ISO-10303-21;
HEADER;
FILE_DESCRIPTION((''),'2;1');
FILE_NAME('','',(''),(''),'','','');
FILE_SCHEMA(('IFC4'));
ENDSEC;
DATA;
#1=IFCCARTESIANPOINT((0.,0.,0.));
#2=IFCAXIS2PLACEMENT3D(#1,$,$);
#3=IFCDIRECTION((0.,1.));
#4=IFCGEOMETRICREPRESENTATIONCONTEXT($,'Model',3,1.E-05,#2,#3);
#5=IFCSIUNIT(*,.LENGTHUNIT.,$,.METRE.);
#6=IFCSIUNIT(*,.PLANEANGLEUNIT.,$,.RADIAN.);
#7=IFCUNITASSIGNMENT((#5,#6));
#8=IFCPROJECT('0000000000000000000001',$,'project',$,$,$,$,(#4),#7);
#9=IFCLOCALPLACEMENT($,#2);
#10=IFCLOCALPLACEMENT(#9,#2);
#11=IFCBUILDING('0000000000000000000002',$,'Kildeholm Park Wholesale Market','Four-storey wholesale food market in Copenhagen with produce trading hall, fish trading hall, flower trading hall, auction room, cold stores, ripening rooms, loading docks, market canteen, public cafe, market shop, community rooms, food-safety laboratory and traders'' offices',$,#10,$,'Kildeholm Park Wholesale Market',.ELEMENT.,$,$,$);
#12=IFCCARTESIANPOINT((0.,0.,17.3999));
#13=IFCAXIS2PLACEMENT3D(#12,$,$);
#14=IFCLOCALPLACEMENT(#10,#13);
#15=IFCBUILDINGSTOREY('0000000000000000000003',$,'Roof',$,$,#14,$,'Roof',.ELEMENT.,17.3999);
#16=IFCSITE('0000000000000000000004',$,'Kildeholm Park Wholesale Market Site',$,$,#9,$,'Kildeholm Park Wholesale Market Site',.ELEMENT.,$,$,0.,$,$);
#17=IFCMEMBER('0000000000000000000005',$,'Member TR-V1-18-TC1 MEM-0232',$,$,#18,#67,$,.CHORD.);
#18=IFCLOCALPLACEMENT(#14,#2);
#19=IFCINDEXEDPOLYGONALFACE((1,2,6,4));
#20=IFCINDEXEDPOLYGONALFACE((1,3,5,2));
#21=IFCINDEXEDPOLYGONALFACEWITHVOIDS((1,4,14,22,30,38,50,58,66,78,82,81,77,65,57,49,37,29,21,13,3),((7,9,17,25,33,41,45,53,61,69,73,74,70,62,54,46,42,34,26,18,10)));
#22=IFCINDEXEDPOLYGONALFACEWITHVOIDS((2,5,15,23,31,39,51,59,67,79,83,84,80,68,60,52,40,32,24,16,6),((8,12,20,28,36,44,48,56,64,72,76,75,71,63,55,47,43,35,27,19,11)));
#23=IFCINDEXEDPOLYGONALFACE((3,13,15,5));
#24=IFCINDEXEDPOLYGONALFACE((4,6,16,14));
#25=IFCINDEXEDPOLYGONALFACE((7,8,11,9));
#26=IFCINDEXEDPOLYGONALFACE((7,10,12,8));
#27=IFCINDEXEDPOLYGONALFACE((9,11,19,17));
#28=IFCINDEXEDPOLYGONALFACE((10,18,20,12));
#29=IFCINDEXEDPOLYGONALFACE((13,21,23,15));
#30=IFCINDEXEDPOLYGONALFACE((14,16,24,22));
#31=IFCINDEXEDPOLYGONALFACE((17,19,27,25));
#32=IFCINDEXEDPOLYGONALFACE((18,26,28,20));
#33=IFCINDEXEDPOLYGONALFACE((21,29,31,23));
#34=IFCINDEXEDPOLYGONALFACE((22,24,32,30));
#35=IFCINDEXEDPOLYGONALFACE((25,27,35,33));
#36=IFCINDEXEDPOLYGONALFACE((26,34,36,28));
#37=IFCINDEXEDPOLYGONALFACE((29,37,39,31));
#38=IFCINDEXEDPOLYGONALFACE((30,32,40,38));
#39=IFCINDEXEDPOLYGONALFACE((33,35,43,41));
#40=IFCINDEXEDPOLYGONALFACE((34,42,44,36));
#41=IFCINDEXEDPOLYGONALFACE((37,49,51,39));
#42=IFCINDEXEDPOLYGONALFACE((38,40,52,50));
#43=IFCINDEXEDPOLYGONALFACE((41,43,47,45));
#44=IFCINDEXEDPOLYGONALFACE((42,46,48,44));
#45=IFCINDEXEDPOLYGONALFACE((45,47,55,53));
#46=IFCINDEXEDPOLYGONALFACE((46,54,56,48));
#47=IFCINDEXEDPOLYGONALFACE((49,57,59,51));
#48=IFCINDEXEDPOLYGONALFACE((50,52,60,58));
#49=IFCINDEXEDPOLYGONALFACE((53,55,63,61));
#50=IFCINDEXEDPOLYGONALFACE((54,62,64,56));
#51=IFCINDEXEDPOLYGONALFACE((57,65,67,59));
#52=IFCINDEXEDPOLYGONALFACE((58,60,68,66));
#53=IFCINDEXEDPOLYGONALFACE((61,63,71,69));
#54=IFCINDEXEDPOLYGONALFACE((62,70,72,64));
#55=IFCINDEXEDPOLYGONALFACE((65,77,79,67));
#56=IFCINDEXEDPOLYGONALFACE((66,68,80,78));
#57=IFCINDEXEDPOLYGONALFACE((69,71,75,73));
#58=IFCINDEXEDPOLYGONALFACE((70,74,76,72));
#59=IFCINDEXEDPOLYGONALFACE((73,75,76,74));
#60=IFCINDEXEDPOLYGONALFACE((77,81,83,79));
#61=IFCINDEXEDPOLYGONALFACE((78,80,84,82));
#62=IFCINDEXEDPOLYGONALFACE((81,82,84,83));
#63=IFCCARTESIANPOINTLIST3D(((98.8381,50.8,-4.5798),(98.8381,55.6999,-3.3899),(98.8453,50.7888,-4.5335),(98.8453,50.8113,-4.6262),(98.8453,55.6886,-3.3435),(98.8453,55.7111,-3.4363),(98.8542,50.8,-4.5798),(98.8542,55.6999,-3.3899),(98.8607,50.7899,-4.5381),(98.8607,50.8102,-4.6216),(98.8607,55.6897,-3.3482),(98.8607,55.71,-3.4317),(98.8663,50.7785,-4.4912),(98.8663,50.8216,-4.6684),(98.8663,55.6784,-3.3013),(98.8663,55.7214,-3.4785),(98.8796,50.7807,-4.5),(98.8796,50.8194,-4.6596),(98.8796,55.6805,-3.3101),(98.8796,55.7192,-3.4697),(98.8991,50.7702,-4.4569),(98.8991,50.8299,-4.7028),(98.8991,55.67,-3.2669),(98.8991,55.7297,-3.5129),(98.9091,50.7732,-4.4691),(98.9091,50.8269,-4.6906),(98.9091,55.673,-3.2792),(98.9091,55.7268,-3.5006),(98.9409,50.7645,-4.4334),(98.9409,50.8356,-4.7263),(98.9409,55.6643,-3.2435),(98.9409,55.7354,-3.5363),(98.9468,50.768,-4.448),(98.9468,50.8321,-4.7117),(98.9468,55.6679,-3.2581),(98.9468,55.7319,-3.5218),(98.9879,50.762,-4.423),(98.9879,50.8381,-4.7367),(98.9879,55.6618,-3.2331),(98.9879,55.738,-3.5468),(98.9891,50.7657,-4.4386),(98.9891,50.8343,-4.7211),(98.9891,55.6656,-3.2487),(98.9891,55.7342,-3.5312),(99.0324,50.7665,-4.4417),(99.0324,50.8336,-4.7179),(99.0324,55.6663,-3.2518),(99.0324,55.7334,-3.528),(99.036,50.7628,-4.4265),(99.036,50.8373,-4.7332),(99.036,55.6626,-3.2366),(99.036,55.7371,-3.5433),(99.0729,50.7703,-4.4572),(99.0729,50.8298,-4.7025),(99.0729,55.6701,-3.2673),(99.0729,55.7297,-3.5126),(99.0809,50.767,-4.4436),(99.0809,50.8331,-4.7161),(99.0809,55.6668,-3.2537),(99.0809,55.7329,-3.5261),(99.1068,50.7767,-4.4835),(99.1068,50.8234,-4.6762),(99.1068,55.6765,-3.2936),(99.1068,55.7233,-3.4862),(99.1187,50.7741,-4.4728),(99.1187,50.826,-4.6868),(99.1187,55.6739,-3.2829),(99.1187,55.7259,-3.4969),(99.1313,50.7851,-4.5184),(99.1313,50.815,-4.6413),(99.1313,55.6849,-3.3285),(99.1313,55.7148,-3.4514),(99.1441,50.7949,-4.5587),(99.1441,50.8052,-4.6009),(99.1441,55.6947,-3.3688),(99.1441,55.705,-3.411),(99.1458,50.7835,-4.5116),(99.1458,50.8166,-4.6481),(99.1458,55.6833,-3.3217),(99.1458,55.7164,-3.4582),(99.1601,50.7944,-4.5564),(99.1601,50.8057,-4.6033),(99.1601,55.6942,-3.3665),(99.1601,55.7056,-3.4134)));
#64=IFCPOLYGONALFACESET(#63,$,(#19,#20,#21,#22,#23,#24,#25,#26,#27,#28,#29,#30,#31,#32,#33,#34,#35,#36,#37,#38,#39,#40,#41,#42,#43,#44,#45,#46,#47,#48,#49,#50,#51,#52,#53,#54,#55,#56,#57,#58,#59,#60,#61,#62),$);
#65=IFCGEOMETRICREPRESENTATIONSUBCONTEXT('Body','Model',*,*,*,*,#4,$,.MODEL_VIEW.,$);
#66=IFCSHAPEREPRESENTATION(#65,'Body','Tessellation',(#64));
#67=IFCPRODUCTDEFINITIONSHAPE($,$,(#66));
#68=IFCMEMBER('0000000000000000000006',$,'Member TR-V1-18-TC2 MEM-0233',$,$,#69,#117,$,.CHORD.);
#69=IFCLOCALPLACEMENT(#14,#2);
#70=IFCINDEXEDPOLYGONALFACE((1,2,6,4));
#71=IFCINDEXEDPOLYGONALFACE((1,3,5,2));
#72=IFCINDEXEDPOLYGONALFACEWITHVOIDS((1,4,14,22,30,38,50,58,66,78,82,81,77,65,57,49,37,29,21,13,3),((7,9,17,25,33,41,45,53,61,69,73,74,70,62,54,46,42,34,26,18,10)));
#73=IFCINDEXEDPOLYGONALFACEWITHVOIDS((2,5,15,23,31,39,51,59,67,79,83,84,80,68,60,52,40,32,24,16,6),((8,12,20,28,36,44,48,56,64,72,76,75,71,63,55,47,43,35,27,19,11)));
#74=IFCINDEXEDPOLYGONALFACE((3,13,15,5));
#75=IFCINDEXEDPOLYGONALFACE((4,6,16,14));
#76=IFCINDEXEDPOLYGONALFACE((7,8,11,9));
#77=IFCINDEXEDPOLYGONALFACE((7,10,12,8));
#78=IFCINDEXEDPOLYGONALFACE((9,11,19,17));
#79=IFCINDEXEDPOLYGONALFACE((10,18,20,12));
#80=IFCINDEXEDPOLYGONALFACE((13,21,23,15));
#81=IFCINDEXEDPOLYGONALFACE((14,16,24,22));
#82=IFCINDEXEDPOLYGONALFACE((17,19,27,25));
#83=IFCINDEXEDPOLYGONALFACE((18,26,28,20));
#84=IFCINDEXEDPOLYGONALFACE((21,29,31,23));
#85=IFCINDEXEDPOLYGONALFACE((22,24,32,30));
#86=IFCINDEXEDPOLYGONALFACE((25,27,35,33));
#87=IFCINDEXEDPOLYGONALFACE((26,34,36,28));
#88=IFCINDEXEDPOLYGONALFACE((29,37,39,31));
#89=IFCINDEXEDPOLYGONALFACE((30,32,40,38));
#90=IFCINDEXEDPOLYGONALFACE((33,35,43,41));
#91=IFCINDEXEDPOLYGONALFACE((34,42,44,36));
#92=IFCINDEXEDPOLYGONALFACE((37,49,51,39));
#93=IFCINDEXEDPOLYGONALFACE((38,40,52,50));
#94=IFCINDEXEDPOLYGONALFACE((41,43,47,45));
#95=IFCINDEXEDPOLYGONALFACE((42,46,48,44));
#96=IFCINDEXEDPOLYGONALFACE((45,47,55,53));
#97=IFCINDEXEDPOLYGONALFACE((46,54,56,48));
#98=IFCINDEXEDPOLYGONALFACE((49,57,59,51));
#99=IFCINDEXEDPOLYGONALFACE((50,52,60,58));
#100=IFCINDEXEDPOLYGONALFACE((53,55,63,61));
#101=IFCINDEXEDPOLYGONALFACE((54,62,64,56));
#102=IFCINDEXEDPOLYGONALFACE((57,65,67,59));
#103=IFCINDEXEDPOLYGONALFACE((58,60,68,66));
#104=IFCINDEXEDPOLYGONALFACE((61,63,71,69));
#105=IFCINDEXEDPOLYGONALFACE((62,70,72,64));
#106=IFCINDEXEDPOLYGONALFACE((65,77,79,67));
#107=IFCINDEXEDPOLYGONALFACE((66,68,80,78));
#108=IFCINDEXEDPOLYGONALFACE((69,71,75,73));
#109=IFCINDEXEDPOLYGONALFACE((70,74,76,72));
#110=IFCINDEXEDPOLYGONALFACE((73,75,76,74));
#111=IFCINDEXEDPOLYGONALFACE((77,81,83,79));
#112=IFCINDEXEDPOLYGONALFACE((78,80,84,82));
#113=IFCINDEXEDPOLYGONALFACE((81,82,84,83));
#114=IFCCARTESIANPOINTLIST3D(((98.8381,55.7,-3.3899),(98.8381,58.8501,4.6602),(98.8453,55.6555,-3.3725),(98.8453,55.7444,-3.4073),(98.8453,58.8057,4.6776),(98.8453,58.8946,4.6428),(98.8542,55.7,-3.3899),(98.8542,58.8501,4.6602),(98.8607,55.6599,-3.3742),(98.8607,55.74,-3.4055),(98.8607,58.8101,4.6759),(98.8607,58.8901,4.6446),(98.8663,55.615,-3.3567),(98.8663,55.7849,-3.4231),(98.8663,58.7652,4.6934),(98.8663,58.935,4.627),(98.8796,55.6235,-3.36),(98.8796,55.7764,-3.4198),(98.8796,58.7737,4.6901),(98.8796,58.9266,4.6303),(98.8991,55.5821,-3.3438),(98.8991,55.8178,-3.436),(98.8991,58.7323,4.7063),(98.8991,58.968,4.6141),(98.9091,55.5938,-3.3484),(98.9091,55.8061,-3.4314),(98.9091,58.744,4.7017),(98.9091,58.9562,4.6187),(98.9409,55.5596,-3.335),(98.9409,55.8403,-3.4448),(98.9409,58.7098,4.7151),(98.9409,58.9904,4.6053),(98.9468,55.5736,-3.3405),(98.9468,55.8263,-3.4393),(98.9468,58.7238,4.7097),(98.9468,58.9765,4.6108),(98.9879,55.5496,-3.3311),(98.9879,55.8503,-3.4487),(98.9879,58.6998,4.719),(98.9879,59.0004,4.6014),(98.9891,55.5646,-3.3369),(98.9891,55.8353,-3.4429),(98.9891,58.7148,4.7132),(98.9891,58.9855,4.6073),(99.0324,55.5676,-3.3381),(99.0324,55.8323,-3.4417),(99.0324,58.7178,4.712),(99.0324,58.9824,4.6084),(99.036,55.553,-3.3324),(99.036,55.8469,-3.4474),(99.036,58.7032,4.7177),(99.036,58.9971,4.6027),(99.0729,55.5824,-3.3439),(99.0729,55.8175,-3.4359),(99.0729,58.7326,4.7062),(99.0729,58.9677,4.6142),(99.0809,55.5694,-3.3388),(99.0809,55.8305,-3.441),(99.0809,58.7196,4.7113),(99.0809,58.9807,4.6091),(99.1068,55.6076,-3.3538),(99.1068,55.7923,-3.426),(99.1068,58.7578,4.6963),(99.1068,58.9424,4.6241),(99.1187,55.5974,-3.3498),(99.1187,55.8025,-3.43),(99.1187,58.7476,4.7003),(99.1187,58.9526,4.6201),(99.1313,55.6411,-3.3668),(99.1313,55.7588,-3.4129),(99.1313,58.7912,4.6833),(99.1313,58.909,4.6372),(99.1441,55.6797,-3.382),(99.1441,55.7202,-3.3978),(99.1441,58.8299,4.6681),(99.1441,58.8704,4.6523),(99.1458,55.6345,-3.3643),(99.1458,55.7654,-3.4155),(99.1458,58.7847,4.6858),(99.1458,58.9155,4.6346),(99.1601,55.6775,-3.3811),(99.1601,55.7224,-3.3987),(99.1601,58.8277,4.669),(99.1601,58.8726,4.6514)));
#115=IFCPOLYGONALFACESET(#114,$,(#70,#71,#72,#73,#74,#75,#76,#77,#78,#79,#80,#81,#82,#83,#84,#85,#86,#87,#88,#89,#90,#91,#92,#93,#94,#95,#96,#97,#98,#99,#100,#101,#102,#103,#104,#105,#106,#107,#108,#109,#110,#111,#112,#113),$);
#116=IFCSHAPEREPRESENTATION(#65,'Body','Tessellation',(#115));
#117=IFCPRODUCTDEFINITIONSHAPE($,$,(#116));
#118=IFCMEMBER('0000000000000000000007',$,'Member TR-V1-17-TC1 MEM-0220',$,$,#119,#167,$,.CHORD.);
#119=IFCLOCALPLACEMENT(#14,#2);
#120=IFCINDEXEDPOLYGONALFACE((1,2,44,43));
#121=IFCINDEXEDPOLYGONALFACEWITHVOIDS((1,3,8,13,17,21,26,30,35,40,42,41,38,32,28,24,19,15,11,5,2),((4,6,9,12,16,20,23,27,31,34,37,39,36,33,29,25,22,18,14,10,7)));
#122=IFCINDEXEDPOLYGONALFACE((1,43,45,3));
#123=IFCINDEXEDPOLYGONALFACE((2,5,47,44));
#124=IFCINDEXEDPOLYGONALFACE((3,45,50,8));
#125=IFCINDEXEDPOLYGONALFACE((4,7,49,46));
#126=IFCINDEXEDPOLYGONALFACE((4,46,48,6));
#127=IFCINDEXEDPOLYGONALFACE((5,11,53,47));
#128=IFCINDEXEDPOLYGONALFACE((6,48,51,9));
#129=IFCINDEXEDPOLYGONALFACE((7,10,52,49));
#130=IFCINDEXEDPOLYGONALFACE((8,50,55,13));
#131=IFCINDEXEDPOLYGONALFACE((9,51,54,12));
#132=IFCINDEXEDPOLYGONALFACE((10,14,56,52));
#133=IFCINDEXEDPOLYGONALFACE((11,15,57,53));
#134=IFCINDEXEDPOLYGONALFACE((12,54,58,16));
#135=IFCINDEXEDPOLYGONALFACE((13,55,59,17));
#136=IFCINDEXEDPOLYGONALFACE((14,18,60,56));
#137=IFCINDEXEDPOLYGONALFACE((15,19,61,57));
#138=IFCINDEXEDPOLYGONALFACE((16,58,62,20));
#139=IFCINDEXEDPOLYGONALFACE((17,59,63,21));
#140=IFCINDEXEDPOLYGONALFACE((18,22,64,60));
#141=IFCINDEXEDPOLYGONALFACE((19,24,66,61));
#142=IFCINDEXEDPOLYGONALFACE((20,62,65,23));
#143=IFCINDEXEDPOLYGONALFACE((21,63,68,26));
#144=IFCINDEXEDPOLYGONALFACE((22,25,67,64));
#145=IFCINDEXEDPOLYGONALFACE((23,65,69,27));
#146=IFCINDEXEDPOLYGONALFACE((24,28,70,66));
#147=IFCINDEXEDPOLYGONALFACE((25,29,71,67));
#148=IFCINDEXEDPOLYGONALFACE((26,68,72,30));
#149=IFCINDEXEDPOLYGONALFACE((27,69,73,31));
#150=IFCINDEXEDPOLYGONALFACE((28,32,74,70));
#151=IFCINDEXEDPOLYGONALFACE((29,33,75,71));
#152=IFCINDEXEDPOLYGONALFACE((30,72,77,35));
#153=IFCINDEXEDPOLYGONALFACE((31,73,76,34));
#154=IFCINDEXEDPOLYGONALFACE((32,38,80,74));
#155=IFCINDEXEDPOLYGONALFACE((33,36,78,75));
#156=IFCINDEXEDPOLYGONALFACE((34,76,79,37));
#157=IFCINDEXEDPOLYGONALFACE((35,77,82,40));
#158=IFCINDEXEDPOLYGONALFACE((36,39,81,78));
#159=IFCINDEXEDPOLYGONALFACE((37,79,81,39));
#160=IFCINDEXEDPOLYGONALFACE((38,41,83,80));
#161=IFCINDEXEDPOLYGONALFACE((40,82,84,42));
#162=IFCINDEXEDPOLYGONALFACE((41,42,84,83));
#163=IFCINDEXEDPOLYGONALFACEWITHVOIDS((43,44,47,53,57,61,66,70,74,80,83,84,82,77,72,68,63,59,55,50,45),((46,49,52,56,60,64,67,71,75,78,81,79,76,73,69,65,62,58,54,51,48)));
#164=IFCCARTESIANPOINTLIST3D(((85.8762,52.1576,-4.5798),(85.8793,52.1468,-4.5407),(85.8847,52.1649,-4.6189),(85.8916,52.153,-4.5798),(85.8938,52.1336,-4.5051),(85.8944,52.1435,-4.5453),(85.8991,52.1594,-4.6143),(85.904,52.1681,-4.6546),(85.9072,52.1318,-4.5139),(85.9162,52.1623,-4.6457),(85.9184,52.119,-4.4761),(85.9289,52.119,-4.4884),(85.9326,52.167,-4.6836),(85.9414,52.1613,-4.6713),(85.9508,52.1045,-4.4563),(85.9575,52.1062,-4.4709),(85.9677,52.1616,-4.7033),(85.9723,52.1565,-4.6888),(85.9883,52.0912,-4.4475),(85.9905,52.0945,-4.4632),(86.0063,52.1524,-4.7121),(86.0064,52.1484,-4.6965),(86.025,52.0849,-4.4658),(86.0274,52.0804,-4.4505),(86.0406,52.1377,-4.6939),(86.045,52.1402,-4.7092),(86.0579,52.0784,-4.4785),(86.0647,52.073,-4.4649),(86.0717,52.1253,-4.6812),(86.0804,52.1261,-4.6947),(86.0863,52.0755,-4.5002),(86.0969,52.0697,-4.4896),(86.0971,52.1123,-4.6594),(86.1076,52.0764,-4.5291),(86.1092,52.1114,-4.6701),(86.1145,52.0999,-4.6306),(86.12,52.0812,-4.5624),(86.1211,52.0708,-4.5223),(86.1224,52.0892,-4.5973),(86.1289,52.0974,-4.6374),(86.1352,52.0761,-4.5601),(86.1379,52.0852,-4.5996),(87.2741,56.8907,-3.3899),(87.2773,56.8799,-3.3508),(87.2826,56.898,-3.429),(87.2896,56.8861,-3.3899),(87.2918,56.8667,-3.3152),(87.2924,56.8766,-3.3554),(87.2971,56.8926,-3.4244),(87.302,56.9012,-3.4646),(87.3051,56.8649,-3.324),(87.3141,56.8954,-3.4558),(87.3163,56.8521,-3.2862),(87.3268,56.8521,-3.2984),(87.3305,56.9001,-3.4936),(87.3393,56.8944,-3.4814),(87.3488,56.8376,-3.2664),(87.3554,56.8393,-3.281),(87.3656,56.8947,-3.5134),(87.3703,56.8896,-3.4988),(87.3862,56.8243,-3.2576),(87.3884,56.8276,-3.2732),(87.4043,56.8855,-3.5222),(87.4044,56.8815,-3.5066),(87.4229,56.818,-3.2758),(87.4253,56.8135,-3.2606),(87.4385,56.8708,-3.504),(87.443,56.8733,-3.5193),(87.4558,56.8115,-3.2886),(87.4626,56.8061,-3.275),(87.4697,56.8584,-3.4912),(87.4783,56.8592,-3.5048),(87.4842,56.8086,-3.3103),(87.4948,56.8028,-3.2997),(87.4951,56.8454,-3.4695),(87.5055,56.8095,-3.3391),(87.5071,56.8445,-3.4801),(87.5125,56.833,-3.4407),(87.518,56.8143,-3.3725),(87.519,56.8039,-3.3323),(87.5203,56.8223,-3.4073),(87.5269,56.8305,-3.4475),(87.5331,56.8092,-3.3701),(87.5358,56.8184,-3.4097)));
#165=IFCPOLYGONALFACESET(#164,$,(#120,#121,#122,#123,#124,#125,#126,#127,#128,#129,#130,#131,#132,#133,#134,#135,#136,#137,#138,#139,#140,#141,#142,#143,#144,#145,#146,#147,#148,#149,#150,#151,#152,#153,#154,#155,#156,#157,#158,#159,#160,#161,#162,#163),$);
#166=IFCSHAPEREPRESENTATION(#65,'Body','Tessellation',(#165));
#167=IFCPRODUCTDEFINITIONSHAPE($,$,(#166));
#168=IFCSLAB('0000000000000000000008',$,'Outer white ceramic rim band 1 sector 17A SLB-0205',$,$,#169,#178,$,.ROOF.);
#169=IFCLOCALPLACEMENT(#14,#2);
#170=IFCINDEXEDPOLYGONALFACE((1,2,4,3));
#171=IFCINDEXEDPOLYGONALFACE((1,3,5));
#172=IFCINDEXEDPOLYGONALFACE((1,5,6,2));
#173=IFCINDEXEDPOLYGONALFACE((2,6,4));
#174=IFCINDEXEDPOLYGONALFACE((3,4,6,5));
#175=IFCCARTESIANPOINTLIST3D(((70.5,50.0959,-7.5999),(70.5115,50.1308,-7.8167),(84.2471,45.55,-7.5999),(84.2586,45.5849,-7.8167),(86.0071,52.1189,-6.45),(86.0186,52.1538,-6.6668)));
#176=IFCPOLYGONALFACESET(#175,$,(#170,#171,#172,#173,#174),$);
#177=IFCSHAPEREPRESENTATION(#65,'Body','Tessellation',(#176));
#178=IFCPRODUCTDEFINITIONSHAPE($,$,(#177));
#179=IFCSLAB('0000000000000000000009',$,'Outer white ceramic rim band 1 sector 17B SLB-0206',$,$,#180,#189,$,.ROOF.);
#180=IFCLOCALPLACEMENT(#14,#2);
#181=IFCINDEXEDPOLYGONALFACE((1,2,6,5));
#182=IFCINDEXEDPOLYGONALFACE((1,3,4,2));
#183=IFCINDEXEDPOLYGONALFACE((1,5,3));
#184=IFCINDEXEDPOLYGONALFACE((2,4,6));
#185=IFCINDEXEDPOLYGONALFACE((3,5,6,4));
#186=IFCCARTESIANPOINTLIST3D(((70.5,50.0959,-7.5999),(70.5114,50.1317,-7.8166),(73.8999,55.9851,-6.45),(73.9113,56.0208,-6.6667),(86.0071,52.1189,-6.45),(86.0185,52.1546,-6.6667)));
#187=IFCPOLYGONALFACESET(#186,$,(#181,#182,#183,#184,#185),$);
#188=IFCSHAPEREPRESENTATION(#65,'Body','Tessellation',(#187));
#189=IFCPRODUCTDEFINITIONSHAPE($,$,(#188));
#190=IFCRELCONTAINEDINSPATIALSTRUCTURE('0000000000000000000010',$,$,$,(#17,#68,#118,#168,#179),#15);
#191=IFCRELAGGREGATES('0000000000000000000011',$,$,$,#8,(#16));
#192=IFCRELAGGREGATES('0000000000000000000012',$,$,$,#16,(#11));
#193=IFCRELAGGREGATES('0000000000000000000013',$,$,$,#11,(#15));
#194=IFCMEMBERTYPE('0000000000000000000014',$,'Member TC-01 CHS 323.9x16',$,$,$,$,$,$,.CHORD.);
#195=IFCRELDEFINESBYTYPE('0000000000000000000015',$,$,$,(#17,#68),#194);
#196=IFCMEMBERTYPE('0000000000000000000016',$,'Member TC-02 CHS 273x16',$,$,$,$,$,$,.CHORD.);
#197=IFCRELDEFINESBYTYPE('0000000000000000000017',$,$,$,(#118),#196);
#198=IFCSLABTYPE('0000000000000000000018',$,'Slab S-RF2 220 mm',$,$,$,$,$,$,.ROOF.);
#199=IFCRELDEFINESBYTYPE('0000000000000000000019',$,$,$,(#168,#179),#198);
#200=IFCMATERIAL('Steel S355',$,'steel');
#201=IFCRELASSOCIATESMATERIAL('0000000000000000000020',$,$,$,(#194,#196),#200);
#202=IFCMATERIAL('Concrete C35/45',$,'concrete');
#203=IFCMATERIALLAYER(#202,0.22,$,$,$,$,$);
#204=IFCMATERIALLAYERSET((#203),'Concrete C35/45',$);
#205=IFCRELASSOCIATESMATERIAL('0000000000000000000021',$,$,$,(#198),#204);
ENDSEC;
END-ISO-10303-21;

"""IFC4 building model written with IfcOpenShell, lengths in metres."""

from ifc_helpers import new_model, si_unit, direction, frame, origin, origin_2d, place, context, subcontext, project, spatial, polyline, hollow_circle, outline, extrude, material, layer, layer_set, material_profile, profile_set, type_object, element, save


model = new_model("IFC4")

# Units and contexts
model_context = context("Model", 3, precision=1e-05, world=origin(), true_north=direction((0.0, 1.0)))
body_context = subcontext(model_context, "Body", "Model", "MODEL_VIEW")
ifc_project = project(units=[si_unit("LENGTHUNIT", "METRE"), si_unit("PLANEANGLEUNIT", "RADIAN")], contexts=[model_context])

# Site, building, storey
site_placement = place(None, origin())
site = spatial("IfcSite", under=ifc_project, at=site_placement, Name="Kildeholm Park Wholesale Market Site", LongName="Kildeholm Park Wholesale Market Site", CompositionType="ELEMENT", RefElevation=0.0)
building_placement = place(site_placement, origin())
building = spatial("IfcBuilding", under=site, at=building_placement, Name="Kildeholm Park Wholesale Market", Description="Four-storey wholesale food market in Copenhagen with produce trading hall, fish trading hall, flower trading hall, auction room, cold stores, ripening rooms, loading docks, market canteen, public cafe, market shop, community rooms, food-safety laboratory and traders' offices", LongName="Kildeholm Park Wholesale Market", CompositionType="ELEMENT")
storey_placement = place(building_placement, frame((0.0, 0.0, 17.3999)))
storey = spatial("IfcBuildingStorey", under=building, at=storey_placement, Name="Roof", LongName="Roof", CompositionType="ELEMENT", Elevation=17.3999)

# Shared definitions
ifc_material_1 = material(Name="Steel S355", Category="steel")

# Members
ifc_material_profile_1 = material_profile(ifc_material_1, hollow_circle(Radius=0.1619, WallThickness=0.0161, at=origin_2d()), Name="CHS 323.9x16")
ifc_profile_set_1 = profile_set([ifc_material_profile_1], Name="Steel S355")
member_type_1 = type_object("IfcMemberType", Name="Member TC-01 CHS 323.9x16", PredefinedType="CHORD", material=ifc_profile_set_1)
member_1_placement = place(storey_placement, frame((99.0, 50.8, -4.5798), z_axis=(0.0, 0.971755, 0.235991), x_axis=(-1.0, 0.0, 0.0)))
element("IfcMember", 1, at=member_1_placement, inside=storey, type_object=member_type_1, Name="Member TR-V1-18-TC1 MEM-0232", PredefinedType="CHORD", context=body_context, shape_type="SweptSolid", body=[
    extrude(hollow_circle(Radius=0.1619, WallThickness=0.0161, at=origin_2d()), origin(), (0.0, 0.0, 1.0), 5.0422),
])
member_2_placement = place(storey_placement, frame((99.0, 55.7, -3.3899), z_axis=(0.0, 0.364412, 0.931238), x_axis=(-1.0, 0.0, 0.0)))
element("IfcMember", 2, at=member_2_placement, inside=storey, type_object=member_type_1, Name="Member TR-V1-18-TC2 MEM-0233", PredefinedType="CHORD", context=body_context, shape_type="SweptSolid", body=[
    extrude(hollow_circle(Radius=0.1619, WallThickness=0.0161, at=origin_2d()), origin(), (0.0, 0.0, 1.0), 8.6445),
])
ifc_material_profile_2 = material_profile(ifc_material_1, hollow_circle(Radius=0.1365, WallThickness=0.0161, at=origin_2d()), Name="CHS 273x16")
ifc_profile_set_2 = profile_set([ifc_material_profile_2], Name="Steel S355")
member_type_2 = type_object("IfcMemberType", Name="Member TC-02 CHS 273x16", PredefinedType="CHORD", material=ifc_profile_set_2)
member_3_placement = place(storey_placement, frame((86.0071, 52.1189, -4.5798), z_axis=(0.275365, 0.932327, 0.234392), x_axis=(-0.959044, 0.283256, 0.0)))
element("IfcMember", 3, at=member_3_placement, inside=storey, type_object=member_type_2, Name="Member TR-V1-17-TC1 MEM-0220", PredefinedType="CHORD", context=body_context, shape_type="SweptSolid", body=[
    extrude(hollow_circle(Radius=0.1365, WallThickness=0.0161, at=origin_2d()), origin(), (0.0, 0.0, 1.0), 5.0767),
])

# Slabs
ifc_material_2 = material(Name="Concrete C35/45", Category="concrete")
ifc_layer_1 = layer(ifc_material_2, 0.22)
ifc_layer_set_1 = layer_set([ifc_layer_1], Name="Concrete C35/45")
slab_type = type_object("IfcSlabType", Name="Slab S-RF2 220 mm", PredefinedType="ROOF", material=ifc_layer_set_1)
slab_1_placement = place(storey_placement, frame((70.5, 50.0959, -7.5999), z_axis=(-0.052429, -0.158548, 0.985958), x_axis=(0.949436, -0.313961, 0.0)))
element("IfcSlab", 4, at=slab_1_placement, inside=storey, type_object=slab_type, Name="Outer white ceramic rim band 1 sector 17A SLB-0205", PredefinedType="ROOF", context=body_context, shape_type="SweptSolid", body=[
    extrude(outline(polyline([(0.0, 0.0), (14.4792, 0.0), (14.0879, 6.886), (0.0, 0.0)])), origin(), (0.0, 0.0, -1.0), 0.22),
])
slab_2_placement = place(storey_placement, frame((70.5, 50.0959, -7.5999), z_axis=(-0.051875, -0.162449, 0.985352), x_axis=(0.988928, 0.129009, 0.073332)))
element("IfcSlab", 5, at=slab_2_placement, inside=storey, type_object=slab_type, Name="Outer white ceramic rim band 1 sector 17B SLB-0206", PredefinedType="ROOF", context=body_context, shape_type="SweptSolid", body=[
    extrude(outline(polyline([(0.0, 0.0), (15.6807, 0.0), (4.2063, 5.4654), (0.0, 0.0)])), origin(), (0.0, 0.0, -1.0), 0.22),
])

save(model, "model.ifc")
